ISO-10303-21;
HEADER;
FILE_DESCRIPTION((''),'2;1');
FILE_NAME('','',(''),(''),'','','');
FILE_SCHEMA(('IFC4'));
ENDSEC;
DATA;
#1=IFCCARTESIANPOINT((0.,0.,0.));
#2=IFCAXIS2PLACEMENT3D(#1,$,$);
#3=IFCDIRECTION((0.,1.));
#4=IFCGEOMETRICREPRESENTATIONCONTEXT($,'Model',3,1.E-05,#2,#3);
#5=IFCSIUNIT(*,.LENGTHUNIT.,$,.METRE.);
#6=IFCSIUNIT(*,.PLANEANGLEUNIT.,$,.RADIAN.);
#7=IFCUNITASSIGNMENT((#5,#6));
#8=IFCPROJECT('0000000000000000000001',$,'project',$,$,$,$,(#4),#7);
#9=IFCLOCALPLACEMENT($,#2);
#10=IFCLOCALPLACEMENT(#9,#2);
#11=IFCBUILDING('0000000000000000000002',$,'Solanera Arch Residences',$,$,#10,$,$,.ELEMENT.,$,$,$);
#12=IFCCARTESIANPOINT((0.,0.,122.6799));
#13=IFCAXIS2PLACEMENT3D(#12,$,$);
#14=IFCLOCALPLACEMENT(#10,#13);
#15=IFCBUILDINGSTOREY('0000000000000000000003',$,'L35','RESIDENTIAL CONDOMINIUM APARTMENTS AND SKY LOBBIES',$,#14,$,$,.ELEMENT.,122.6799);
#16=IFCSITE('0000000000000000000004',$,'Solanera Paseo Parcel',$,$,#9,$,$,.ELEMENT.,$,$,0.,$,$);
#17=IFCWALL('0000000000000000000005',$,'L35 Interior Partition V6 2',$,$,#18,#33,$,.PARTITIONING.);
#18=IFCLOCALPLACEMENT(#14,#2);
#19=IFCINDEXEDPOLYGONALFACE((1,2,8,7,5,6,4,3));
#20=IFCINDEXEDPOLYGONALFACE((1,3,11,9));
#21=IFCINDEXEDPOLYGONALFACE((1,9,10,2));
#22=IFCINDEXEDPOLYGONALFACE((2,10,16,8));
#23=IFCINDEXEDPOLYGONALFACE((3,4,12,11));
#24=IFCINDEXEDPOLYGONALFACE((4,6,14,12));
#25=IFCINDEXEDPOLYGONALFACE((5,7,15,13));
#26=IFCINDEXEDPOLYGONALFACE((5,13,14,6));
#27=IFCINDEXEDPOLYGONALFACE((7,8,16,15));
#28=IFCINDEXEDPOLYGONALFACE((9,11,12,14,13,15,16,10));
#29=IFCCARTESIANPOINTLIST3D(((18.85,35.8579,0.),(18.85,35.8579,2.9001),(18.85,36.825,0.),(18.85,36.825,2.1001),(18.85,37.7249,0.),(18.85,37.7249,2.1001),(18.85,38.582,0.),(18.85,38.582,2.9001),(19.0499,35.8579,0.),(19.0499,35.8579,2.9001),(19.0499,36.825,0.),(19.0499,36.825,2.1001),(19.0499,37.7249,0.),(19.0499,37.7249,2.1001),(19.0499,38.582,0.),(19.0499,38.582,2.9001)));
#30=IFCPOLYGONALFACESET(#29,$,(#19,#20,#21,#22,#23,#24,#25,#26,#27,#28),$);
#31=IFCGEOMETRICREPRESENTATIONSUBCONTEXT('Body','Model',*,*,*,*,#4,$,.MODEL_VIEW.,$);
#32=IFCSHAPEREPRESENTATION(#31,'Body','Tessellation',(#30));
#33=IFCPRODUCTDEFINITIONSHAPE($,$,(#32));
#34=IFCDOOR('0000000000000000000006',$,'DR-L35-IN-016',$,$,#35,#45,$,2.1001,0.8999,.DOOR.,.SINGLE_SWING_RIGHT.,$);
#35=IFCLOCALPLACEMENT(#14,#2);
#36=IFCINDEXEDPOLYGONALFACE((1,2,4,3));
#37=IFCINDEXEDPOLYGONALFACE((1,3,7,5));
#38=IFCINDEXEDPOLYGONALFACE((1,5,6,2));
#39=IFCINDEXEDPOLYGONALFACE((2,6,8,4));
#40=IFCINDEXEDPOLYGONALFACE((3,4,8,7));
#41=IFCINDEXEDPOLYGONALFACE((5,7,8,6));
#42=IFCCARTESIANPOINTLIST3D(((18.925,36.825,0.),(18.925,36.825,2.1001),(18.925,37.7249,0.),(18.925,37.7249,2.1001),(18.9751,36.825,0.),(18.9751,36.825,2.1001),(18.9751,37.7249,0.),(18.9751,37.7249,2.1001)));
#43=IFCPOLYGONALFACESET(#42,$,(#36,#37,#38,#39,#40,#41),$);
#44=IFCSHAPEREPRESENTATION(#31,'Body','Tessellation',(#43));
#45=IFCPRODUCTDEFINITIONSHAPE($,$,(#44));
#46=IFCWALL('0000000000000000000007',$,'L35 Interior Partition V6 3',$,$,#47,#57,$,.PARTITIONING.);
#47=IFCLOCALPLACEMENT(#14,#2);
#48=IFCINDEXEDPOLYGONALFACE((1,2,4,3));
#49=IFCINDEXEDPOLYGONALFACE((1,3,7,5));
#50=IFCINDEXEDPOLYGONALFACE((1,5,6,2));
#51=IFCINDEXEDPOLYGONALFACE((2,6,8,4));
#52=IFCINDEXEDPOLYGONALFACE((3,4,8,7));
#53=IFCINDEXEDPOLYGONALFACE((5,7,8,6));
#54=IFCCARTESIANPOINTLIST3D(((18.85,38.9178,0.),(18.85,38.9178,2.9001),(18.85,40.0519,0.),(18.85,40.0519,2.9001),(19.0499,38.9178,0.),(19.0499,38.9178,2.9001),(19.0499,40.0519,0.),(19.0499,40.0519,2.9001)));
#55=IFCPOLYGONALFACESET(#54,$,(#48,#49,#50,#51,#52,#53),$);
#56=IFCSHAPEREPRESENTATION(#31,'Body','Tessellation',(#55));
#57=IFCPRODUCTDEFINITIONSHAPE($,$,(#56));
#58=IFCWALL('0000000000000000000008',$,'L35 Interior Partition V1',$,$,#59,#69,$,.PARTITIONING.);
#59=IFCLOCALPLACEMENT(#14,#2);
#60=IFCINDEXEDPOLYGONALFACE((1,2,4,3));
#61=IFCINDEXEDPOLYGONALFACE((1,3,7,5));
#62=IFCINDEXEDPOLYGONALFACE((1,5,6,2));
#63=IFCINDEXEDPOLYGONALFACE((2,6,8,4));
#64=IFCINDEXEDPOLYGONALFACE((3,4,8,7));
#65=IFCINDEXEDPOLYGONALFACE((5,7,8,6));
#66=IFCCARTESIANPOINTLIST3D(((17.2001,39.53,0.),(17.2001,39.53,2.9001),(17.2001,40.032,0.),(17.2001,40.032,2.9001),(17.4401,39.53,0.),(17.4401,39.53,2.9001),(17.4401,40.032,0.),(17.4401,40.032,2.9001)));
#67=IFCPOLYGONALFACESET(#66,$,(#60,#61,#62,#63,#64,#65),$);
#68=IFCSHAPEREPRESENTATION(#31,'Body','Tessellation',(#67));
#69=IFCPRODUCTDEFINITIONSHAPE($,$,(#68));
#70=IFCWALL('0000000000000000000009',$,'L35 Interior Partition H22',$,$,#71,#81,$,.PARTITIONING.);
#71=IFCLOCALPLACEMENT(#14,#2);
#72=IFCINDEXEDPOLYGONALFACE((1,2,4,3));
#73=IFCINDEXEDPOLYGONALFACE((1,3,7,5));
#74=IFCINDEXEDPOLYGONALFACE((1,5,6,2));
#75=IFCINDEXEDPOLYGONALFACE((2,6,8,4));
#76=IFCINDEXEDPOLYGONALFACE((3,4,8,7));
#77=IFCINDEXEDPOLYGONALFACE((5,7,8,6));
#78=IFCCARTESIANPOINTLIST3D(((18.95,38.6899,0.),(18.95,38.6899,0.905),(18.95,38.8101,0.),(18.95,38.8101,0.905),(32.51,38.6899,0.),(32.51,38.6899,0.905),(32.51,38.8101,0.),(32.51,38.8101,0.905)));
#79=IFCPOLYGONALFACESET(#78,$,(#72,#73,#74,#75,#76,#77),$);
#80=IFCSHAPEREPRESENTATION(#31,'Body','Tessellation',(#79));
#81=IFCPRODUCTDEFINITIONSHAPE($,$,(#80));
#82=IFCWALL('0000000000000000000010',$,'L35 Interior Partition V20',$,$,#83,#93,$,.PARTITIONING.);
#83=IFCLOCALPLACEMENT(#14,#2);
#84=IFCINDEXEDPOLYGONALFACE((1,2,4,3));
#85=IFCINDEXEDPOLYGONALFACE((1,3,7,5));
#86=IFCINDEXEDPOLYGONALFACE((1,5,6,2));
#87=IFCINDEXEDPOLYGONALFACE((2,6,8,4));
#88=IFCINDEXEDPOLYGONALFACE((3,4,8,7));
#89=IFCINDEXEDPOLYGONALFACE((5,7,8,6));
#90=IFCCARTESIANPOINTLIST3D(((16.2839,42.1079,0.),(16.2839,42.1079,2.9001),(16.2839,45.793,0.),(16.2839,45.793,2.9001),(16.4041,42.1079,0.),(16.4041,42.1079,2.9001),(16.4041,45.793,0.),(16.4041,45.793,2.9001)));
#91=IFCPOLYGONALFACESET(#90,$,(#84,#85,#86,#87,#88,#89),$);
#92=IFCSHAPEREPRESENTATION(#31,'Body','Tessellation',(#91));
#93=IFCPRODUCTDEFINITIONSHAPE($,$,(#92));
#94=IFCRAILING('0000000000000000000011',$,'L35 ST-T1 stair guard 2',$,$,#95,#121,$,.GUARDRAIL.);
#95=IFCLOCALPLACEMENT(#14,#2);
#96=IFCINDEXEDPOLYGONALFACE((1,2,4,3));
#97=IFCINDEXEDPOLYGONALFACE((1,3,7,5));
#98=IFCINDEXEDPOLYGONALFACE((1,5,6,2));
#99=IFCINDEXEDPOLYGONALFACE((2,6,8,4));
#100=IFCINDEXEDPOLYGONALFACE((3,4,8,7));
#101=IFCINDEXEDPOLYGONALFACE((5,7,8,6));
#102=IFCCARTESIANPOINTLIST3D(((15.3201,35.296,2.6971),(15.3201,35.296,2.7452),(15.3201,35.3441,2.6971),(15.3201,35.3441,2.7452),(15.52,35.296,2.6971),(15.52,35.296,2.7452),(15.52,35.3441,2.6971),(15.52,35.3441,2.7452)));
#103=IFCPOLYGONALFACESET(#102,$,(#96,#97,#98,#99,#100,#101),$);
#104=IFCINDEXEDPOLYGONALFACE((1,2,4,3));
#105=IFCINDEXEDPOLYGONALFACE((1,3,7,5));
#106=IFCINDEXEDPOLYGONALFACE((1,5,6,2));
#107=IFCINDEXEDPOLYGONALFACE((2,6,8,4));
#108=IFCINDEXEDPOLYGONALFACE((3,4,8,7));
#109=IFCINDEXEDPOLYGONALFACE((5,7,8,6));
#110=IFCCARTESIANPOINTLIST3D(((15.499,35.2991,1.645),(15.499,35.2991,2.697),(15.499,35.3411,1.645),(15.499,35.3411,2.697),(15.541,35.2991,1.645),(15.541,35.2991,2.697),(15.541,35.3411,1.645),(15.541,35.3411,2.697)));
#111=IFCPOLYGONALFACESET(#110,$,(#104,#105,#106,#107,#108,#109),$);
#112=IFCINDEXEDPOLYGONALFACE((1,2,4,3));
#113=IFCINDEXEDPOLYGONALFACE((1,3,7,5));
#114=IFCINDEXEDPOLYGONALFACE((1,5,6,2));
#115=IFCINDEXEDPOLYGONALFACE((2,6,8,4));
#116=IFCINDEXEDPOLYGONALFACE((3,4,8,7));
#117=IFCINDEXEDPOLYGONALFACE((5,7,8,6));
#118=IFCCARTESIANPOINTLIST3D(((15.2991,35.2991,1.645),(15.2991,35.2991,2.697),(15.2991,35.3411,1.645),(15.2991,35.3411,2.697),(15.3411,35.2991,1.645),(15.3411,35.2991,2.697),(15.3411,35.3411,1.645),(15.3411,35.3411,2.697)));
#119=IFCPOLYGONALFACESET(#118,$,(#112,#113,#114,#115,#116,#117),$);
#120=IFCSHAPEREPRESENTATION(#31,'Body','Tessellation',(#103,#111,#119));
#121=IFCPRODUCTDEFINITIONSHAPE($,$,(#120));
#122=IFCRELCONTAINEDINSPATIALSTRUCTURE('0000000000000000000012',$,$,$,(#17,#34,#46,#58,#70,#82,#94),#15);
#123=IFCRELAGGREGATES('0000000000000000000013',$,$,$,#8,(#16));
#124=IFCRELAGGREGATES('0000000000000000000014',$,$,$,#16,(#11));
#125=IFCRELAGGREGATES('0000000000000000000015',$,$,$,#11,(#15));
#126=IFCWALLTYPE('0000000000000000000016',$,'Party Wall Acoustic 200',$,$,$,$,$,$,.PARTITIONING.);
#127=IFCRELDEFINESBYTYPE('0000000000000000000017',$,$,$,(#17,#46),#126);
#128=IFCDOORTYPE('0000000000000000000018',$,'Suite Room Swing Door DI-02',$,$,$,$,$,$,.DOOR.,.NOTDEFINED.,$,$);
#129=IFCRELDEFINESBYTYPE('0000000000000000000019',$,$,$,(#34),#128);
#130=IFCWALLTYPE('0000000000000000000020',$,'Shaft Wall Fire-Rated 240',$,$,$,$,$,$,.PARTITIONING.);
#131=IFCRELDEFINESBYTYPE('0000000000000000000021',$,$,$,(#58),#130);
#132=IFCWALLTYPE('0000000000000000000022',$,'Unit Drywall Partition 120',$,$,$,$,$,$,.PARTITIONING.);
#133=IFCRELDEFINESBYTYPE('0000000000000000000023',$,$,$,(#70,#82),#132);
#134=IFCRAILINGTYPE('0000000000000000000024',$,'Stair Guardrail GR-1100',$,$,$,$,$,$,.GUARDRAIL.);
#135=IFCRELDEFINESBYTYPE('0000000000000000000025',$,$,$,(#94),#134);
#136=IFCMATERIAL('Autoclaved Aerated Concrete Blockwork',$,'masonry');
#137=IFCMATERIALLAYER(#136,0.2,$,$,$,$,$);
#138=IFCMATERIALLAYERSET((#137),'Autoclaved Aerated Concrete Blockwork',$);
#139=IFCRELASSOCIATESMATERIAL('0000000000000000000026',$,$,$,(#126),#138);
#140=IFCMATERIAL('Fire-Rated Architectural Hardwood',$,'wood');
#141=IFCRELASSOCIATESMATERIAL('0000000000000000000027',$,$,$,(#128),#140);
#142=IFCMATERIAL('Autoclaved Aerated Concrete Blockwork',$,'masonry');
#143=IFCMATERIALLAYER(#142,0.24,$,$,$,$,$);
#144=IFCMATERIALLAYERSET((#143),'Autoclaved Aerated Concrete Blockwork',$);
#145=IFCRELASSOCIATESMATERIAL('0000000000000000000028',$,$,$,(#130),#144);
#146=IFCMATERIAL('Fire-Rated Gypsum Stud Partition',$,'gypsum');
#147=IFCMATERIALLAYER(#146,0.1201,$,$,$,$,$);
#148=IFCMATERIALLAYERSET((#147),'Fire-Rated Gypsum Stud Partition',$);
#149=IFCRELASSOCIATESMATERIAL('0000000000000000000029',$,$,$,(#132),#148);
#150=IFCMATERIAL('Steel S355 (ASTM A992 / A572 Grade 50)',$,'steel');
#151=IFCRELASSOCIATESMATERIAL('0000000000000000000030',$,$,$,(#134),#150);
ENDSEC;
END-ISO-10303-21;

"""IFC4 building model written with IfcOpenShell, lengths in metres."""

from ifc_helpers import new_model, si_unit, direction, frame, frame_2d, origin, origin_2d, place, context, subcontext, project, spatial, rectangle, extrude, material, layer, layer_set, type_object, element, fill, save


model = new_model("IFC4")

# Units and contexts
model_context = context("Model", 3, precision=1e-05, world=origin(), true_north=direction((0.0, 1.0)))
body_context = subcontext(model_context, "Body", "Model", "MODEL_VIEW")
ifc_project = project(units=[si_unit("LENGTHUNIT", "METRE"), si_unit("PLANEANGLEUNIT", "RADIAN")], contexts=[model_context])

# Site, building, storey
site_placement = place(None, origin())
site = spatial("IfcSite", under=ifc_project, at=site_placement, Name="Solanera Paseo Parcel", CompositionType="ELEMENT", RefElevation=0.0)
building_placement = place(site_placement, origin())
building = spatial("IfcBuilding", under=site, at=building_placement, Name="Solanera Arch Residences", CompositionType="ELEMENT")
storey_placement = place(building_placement, frame((0.0, 0.0, 122.6799)))
storey = spatial("IfcBuildingStorey", under=building, at=storey_placement, Name="L35", Description="RESIDENTIAL CONDOMINIUM APARTMENTS AND SKY LOBBIES", CompositionType="ELEMENT", Elevation=122.6799)

# Shared definitions
ifc_material_1 = material(Name="Autoclaved Aerated Concrete Blockwork", Category="masonry")
ifc_layer_1 = layer(ifc_material_1, 0.2)
ifc_layer_set_1 = layer_set([ifc_layer_1], Name="Autoclaved Aerated Concrete Blockwork")
wall_type_1 = type_object("IfcWallType", Name="Party Wall Acoustic 200", PredefinedType="PARTITIONING", material=ifc_layer_set_1)

# Wall, opening, door
wall_1_placement = place(storey_placement, frame((18.95, 35.8579, 0.0), z_axis=(0.0, 0.0, 1.0), x_axis=(0.0, 1.0, 0.0)))
wall_1 = element("IfcWall", 1, at=wall_1_placement, inside=storey, type_object=wall_type_1, Name="L35 Interior Partition V6 2", PredefinedType="PARTITIONING", context=body_context, shape_type="SweptSolid", body=[
    extrude(rectangle(XDim=2.7241, YDim=0.2, at=frame_2d((1.3621, 0.0))), origin(), (0.0, 0.0, 1.0), 2.9001),
])
opening_placement = place(wall_1_placement, frame((0.967, 0.0, 0.0)))
opening = element("IfcOpeningElement", 2, at=opening_placement, cuts=wall_1, PredefinedType="OPENING", context=body_context, shape_type="SweptSolid", body=[
    extrude(rectangle(XDim=0.8999, YDim=2.1001, at=frame_2d((0.45, 1.05))), frame((0.0, 0.1101, 0.0), z_axis=(0.0, -1.0, 0.0), x_axis=(1.0, 0.0, 0.0)), (0.0, 0.0, 1.0), 0.22),
])
ifc_material_2 = material(Name="Fire-Rated Architectural Hardwood", Category="wood")
door_type = type_object("IfcDoorType", Name="Suite Room Swing Door DI-02", OperationType="NOTDEFINED", PredefinedType="DOOR", material=ifc_material_2)
door_placement = place(opening_placement, origin())
door = element("IfcDoor", 3, at=door_placement, inside=storey, type_object=door_type, Name="DR-L35-IN-016", OperationType="SINGLE_SWING_RIGHT", OverallHeight=2.1001, OverallWidth=0.8999, PredefinedType="DOOR", context=body_context, shape_type="SweptSolid", body=[
    extrude(rectangle(XDim=0.8999, YDim=2.1001, at=frame_2d((0.45, 1.05))), frame((0.0, 0.0249, 0.0), z_axis=(0.0, -1.0, 0.0), x_axis=(1.0, 0.0, 0.0)), (0.0, 0.0, 1.0), 0.05),
])
fill(opening, door)

# Walls
wall_2_placement = place(storey_placement, frame((18.95, 38.918, 0.0), z_axis=(0.0, 0.0, 1.0), x_axis=(0.0, 1.0, 0.0)))
element("IfcWall", 4, at=wall_2_placement, inside=storey, type_object=wall_type_1, Name="L35 Interior Partition V6 3", PredefinedType="PARTITIONING", context=body_context, shape_type="SweptSolid", body=[
    extrude(rectangle(XDim=1.134, YDim=0.2, at=frame_2d((0.5669, 0.0))), origin(), (0.0, 0.0, 1.0), 2.9001),
])
ifc_material_3 = material(Name="Autoclaved Aerated Concrete Blockwork", Category="masonry")
ifc_layer_2 = layer(ifc_material_3, 0.24)
ifc_layer_set_2 = layer_set([ifc_layer_2], Name="Autoclaved Aerated Concrete Blockwork")
wall_type_2 = type_object("IfcWallType", Name="Shaft Wall Fire-Rated 240", PredefinedType="PARTITIONING", material=ifc_layer_set_2)
wall_3_placement = place(storey_placement, frame((17.3201, 39.53, 0.0), z_axis=(0.0, 0.0, 1.0), x_axis=(0.0, 1.0, 0.0)))
element("IfcWall", 5, at=wall_3_placement, inside=storey, type_object=wall_type_2, Name="L35 Interior Partition V1", PredefinedType="PARTITIONING", context=body_context, shape_type="SweptSolid", body=[
    extrude(rectangle(XDim=0.502, YDim=0.24, at=frame_2d((0.251, 0.0))), origin(), (0.0, 0.0, 1.0), 2.9001),
])
ifc_material_4 = material(Name="Fire-Rated Gypsum Stud Partition", Category="gypsum")
ifc_layer_3 = layer(ifc_material_4, 0.1201)
ifc_layer_set_3 = layer_set([ifc_layer_3], Name="Fire-Rated Gypsum Stud Partition")
wall_type_3 = type_object("IfcWallType", Name="Unit Drywall Partition 120", PredefinedType="PARTITIONING", material=ifc_layer_set_3)
wall_4_placement = place(storey_placement, frame((18.95, 38.75, 0.0), z_axis=(0.0, 0.0, 1.0), x_axis=(1.0, 0.0, 0.0)))
element("IfcWall", 6, at=wall_4_placement, inside=storey, type_object=wall_type_3, Name="L35 Interior Partition H22", PredefinedType="PARTITIONING", context=body_context, shape_type="SweptSolid", body=[
    extrude(rectangle(XDim=13.5601, YDim=0.1201, at=frame_2d((6.78, 0.0))), origin(), (0.0, 0.0, 1.0), 0.905),
])
wall_5_placement = place(storey_placement, frame((16.344, 42.1079, 0.0), z_axis=(0.0, 0.0, 1.0), x_axis=(0.0, 1.0, 0.0)))
element("IfcWall", 7, at=wall_5_placement, inside=storey, type_object=wall_type_3, Name="L35 Interior Partition V20", PredefinedType="PARTITIONING", context=body_context, shape_type="SweptSolid", body=[
    extrude(rectangle(XDim=3.6851, YDim=0.1201, at=frame_2d((1.8425, 0.0))), origin(), (0.0, 0.0, 1.0), 2.9001),
])

# Railing
ifc_material_5 = material(Name="Steel S355 (ASTM A992 / A572 Grade 50)", Category="steel")
railing_type = type_object("IfcRailingType", Name="Stair Guardrail GR-1100", PredefinedType="GUARDRAIL", material=ifc_material_5)
railing_placement = place(storey_placement, frame((15.52, 35.3201, 1.645)))
element("IfcRailing", 8, at=railing_placement, inside=storey, type_object=railing_type, Name="L35 ST-T1 stair guard 2", PredefinedType="GUARDRAIL", context=body_context, shape_type="SweptSolid", body=[
    extrude(rectangle(XDim=0.0481, YDim=0.0481, at=origin_2d()), frame((0.0, 0.0, 1.0762), z_axis=(-1.0, 0.0, 0.0), x_axis=(0.0, -1.0, 0.0)), (0.0, 0.0, 1.0), 0.2),
    extrude(rectangle(XDim=0.042, YDim=0.042, at=origin_2d()), origin(), (0.0, 0.0, 1.0), 1.052),
    extrude(rectangle(XDim=0.042, YDim=0.042, at=origin_2d()), frame((-0.2, 0.0, 0.0)), (0.0, 0.0, 1.0), 1.052),
])

save(model, "model.ifc")
